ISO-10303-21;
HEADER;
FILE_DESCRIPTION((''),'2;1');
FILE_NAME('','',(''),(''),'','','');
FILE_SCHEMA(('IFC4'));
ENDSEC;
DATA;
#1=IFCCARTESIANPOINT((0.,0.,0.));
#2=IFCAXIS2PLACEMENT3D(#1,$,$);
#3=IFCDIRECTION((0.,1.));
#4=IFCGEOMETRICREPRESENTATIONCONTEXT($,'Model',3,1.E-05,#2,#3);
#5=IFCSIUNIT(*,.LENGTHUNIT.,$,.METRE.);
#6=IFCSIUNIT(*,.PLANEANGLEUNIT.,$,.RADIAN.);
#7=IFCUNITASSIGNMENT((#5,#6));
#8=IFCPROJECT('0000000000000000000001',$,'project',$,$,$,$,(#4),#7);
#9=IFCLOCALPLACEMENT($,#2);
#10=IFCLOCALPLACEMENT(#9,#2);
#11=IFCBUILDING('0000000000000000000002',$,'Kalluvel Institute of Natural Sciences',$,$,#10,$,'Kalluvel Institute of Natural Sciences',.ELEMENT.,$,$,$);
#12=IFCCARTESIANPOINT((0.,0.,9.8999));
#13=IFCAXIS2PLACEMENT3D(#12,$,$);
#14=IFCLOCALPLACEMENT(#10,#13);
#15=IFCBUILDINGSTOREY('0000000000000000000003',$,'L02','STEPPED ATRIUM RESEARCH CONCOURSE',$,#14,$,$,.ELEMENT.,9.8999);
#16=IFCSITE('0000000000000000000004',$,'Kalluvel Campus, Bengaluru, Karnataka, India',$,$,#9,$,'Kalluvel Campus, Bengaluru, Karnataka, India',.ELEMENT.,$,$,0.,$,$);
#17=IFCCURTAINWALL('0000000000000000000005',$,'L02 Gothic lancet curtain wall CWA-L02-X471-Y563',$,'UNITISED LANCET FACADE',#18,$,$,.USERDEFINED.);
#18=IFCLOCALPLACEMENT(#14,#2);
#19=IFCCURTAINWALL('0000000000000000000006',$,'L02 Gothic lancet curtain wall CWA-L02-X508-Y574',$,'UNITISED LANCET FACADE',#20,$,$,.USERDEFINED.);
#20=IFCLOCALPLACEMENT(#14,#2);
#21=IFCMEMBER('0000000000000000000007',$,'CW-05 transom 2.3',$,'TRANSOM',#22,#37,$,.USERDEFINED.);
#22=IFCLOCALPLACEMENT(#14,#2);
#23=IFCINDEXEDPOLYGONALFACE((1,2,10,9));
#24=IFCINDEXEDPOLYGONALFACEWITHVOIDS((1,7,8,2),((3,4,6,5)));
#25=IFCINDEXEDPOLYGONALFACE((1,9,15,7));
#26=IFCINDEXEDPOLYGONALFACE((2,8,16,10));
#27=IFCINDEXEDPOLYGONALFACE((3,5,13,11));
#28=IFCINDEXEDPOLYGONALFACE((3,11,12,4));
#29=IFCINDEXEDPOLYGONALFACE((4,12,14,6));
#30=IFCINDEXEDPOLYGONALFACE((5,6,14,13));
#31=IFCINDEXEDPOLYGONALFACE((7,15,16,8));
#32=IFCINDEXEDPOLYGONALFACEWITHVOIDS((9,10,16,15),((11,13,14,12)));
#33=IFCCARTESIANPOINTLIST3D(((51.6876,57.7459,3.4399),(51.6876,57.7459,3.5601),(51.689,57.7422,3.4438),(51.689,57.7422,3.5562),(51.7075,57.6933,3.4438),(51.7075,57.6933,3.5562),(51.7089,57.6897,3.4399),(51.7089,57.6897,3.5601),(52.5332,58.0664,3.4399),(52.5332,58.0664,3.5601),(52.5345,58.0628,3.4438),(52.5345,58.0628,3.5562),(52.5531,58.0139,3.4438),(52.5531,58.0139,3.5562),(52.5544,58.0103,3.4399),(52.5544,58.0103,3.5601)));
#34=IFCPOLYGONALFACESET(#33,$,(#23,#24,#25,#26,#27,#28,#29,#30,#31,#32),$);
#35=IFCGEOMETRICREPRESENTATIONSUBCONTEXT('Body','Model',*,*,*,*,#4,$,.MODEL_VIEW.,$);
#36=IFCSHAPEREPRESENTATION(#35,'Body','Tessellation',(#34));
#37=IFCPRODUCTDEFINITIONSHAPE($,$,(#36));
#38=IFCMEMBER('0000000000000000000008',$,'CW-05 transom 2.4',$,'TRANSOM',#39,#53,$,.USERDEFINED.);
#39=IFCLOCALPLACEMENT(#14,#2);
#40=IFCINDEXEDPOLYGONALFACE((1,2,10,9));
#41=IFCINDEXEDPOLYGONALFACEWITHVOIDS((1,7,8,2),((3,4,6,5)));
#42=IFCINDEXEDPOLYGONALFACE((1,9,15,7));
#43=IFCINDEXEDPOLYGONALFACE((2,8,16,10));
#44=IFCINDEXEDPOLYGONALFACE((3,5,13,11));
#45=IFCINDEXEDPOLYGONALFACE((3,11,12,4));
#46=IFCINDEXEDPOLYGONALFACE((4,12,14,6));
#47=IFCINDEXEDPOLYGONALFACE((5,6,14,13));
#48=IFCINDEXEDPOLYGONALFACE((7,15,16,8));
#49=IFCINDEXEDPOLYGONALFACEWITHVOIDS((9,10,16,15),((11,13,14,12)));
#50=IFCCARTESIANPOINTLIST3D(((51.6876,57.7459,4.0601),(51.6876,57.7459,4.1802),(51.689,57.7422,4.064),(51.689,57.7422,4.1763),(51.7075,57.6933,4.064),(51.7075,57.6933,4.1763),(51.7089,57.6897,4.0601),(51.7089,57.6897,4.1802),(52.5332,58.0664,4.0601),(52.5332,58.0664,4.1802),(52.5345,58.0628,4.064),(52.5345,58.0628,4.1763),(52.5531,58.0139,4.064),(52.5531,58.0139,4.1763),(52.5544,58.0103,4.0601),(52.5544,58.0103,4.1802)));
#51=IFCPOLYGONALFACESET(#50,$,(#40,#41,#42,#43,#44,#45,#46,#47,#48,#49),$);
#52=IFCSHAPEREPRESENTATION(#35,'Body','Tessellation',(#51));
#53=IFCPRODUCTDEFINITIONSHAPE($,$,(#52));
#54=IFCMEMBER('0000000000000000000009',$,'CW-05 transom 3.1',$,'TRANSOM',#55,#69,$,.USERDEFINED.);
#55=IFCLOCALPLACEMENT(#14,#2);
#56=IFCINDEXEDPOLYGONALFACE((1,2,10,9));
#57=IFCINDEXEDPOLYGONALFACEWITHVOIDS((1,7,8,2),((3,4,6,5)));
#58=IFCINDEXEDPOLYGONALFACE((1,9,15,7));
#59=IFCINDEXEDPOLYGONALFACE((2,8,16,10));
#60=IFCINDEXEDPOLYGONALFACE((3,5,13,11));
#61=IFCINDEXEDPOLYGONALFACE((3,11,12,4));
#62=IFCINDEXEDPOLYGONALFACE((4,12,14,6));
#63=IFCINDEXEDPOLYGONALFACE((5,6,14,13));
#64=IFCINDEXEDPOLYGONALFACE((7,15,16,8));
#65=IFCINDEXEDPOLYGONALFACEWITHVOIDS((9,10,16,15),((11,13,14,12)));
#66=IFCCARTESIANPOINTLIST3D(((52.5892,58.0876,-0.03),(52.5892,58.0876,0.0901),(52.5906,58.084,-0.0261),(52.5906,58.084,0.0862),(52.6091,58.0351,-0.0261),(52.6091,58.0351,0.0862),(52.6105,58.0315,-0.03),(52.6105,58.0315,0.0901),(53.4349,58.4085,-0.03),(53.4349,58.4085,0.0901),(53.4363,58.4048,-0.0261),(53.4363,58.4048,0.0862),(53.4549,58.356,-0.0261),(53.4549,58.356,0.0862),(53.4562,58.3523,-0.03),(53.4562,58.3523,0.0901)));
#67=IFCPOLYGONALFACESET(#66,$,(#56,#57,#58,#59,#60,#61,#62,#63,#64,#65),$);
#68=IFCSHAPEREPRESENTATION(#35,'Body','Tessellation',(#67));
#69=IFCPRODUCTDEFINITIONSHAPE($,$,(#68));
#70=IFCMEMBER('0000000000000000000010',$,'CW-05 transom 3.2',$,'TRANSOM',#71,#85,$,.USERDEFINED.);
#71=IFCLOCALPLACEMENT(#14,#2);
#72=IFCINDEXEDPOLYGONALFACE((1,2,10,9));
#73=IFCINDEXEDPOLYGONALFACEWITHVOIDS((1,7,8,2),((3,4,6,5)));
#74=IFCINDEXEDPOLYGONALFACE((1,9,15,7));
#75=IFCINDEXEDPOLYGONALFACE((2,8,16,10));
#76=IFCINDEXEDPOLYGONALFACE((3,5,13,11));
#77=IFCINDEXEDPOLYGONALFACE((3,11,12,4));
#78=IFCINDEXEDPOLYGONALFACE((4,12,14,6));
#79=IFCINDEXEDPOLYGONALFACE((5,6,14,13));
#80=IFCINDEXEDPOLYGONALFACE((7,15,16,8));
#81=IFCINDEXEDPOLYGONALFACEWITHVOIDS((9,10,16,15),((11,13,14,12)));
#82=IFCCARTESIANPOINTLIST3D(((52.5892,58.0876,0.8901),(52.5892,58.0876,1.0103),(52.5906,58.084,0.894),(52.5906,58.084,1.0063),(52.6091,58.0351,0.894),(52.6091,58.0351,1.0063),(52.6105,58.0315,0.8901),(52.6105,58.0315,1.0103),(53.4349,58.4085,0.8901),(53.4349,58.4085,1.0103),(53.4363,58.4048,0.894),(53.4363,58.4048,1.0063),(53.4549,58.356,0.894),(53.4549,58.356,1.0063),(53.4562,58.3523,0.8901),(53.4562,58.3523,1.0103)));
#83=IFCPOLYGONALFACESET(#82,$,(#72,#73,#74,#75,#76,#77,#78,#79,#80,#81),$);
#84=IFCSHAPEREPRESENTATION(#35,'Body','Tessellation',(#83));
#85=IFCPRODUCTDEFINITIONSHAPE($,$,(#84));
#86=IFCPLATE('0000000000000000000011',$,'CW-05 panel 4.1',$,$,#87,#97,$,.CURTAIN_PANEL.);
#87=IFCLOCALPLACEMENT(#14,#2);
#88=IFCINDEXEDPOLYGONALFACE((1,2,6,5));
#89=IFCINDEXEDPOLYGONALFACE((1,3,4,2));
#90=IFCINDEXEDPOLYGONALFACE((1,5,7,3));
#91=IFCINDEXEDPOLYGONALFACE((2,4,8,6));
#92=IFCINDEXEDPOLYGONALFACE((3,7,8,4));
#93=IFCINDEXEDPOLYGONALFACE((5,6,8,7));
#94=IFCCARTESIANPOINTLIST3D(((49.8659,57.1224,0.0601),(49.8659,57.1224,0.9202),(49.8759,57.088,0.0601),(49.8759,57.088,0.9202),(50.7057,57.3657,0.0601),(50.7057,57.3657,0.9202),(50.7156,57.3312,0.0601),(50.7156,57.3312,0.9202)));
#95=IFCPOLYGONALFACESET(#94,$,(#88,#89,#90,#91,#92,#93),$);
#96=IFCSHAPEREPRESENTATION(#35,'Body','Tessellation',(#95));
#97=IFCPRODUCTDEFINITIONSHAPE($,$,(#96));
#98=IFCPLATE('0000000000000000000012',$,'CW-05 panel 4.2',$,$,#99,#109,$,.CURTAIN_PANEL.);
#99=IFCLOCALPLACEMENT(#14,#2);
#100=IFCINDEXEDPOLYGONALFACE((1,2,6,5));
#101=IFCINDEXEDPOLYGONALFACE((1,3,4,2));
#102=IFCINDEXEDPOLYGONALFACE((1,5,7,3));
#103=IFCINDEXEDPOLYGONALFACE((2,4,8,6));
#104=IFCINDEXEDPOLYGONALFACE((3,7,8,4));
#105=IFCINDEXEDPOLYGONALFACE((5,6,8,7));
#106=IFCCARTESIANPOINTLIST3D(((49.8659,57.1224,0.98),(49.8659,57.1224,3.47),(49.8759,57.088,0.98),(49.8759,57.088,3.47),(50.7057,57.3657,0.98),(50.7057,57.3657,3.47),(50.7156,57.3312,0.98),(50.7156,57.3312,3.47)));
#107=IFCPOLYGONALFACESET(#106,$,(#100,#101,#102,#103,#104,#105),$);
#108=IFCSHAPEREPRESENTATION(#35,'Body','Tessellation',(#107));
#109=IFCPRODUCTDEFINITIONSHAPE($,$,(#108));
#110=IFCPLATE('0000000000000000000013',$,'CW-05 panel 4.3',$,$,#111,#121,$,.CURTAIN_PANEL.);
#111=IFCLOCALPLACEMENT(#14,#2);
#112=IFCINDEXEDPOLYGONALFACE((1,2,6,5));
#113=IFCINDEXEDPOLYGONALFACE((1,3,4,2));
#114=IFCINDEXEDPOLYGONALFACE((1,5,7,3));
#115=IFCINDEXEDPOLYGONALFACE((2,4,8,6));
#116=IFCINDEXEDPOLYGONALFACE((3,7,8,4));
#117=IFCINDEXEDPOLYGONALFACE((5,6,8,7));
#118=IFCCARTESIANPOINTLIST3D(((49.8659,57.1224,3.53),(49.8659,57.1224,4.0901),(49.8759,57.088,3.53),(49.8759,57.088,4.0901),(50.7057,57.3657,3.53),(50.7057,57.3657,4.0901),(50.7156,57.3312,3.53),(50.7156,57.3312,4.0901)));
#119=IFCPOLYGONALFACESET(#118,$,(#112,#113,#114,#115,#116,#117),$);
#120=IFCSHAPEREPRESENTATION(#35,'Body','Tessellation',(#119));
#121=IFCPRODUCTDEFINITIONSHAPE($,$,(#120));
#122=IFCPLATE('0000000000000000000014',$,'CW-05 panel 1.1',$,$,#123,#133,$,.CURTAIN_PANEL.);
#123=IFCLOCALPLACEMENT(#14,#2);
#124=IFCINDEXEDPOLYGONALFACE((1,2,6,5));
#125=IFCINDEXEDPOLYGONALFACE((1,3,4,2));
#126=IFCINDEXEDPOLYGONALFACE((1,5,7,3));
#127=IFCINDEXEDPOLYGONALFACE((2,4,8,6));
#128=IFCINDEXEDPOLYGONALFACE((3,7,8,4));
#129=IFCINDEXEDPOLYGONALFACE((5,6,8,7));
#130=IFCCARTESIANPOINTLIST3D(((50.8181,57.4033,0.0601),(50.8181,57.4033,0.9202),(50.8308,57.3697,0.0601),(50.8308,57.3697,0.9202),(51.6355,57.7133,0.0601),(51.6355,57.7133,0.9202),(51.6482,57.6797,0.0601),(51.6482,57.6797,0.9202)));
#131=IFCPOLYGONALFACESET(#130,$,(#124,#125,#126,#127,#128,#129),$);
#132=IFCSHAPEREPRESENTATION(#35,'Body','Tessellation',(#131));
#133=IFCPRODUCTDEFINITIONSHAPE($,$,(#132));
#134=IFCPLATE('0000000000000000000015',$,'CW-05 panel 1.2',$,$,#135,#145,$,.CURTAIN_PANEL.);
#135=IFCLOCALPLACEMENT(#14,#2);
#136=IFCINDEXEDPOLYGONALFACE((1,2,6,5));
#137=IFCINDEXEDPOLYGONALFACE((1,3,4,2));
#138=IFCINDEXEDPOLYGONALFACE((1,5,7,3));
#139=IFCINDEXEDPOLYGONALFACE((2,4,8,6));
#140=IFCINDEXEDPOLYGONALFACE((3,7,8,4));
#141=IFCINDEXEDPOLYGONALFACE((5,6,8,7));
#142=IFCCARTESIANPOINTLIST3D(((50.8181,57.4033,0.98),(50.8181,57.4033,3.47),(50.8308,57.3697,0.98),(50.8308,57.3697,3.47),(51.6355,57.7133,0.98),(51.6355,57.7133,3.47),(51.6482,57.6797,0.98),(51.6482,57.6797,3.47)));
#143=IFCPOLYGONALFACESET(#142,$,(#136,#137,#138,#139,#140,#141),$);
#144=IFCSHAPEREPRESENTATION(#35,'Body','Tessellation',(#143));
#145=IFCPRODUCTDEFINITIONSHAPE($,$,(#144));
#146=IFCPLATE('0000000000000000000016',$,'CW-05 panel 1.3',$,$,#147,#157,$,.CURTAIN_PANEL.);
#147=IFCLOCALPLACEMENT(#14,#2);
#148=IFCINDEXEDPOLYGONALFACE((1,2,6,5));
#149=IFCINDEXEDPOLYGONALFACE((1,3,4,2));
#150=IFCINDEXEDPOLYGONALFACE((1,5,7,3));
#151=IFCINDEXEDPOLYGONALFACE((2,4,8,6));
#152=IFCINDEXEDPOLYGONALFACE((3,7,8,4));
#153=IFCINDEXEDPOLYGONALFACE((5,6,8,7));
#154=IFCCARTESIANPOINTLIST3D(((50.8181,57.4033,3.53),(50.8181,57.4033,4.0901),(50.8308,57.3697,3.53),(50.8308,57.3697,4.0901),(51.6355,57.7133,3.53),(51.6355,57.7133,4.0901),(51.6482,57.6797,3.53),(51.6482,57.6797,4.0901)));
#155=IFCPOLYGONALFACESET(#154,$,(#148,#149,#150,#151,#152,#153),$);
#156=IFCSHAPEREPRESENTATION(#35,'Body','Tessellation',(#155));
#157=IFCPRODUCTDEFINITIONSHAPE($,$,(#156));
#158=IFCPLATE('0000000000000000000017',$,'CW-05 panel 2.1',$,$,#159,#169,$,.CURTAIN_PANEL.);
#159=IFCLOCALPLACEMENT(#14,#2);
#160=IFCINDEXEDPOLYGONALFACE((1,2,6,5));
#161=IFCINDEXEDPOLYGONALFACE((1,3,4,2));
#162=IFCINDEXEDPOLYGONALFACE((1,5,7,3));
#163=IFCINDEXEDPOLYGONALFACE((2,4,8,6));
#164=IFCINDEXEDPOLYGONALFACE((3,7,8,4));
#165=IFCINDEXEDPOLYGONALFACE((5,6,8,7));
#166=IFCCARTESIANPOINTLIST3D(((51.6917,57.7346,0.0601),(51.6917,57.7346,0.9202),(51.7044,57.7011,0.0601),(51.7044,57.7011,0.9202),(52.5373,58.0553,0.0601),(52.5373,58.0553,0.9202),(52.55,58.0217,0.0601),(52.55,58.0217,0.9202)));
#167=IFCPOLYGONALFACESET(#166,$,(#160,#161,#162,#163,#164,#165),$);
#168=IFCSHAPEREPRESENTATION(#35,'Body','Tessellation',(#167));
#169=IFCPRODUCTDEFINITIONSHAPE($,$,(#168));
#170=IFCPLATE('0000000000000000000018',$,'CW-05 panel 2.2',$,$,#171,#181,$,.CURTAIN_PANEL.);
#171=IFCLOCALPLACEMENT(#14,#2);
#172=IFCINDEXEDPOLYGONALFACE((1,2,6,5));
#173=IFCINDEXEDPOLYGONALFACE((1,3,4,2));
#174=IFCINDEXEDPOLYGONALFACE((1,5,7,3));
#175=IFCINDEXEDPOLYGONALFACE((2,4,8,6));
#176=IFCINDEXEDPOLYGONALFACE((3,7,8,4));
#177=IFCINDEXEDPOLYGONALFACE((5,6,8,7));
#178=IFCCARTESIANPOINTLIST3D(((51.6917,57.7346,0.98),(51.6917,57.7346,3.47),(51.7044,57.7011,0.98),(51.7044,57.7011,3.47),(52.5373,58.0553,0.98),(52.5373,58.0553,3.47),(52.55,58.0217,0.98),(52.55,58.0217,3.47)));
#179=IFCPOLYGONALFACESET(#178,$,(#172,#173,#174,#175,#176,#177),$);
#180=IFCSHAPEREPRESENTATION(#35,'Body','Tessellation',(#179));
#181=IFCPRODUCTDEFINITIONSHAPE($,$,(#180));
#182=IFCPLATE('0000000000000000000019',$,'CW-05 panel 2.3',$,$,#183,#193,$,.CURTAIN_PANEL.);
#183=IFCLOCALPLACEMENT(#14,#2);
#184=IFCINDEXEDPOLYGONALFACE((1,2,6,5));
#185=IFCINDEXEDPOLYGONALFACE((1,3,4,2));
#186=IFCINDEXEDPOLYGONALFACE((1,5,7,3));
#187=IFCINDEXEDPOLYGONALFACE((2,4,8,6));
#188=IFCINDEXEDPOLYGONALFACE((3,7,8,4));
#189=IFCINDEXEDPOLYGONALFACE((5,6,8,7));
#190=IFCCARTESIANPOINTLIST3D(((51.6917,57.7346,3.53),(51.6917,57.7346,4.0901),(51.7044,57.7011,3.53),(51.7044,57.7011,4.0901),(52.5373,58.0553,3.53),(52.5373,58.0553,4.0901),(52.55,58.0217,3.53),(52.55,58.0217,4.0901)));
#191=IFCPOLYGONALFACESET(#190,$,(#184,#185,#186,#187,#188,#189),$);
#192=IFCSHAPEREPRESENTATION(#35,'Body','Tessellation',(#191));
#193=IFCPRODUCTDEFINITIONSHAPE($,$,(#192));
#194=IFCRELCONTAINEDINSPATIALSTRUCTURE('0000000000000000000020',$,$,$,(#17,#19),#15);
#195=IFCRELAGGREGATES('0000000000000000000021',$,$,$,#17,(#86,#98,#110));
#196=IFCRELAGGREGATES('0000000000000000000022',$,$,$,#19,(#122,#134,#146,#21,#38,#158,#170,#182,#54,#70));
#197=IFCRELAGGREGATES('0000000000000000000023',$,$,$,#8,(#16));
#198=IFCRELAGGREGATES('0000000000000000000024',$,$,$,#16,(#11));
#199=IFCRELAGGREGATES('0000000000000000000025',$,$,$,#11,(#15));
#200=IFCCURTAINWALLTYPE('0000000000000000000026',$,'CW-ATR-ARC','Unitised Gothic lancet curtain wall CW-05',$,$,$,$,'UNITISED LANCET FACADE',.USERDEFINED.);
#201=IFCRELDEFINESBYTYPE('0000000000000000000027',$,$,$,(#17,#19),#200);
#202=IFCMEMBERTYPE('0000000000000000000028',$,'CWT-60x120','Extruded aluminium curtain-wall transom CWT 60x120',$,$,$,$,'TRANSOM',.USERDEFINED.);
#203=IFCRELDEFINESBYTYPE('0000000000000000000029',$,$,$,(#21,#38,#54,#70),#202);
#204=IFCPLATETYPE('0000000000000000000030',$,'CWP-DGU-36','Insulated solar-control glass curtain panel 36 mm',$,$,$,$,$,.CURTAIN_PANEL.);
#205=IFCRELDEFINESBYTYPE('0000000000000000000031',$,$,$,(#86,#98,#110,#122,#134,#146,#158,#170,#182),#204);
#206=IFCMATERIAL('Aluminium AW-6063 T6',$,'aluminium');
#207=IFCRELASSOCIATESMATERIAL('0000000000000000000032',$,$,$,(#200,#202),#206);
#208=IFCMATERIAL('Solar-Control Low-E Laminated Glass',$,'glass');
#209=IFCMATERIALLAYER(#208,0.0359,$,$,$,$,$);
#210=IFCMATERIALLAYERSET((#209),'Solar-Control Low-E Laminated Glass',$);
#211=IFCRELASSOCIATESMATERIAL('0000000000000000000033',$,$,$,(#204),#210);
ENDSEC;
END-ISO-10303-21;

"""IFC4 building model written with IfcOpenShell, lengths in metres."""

from ifc_helpers import new_model, si_unit, direction, frame, origin, origin_2d, place, context, subcontext, project, spatial, rectangle, hollow_rectangle, extrude, material, layer, layer_set, material_profile, profile_set, type_object, element, aggregate, save


model = new_model("IFC4")

# Units and contexts
model_context = context("Model", 3, precision=1e-05, world=origin(), true_north=direction((0.0, 1.0)))
body_context = subcontext(model_context, "Body", "Model", "MODEL_VIEW")
ifc_project = project(units=[si_unit("LENGTHUNIT", "METRE"), si_unit("PLANEANGLEUNIT", "RADIAN")], contexts=[model_context])

# Site, building, storey
site_placement = place(None, origin())
site = spatial("IfcSite", under=ifc_project, at=site_placement, Name="Kalluvel Campus, Bengaluru, Karnataka, India", LongName="Kalluvel Campus, Bengaluru, Karnataka, India", CompositionType="ELEMENT", RefElevation=0.0)
building_placement = place(site_placement, origin())
building = spatial("IfcBuilding", under=site, at=building_placement, Name="Kalluvel Institute of Natural Sciences", LongName="Kalluvel Institute of Natural Sciences", CompositionType="ELEMENT")
storey_placement = place(building_placement, frame((0.0, 0.0, 9.8999)))
storey = spatial("IfcBuildingStorey", under=building, at=storey_placement, Name="L02", Description="STEPPED ATRIUM RESEARCH CONCOURSE", CompositionType="ELEMENT", Elevation=9.8999)

# Curtain wall
ifc_material_1 = material(Name="Aluminium AW-6063 T6", Category="aluminium")
curtain_wall_type = type_object("IfcCurtainWallType", Name="CW-ATR-ARC", Description="Unitised Gothic lancet curtain wall CW-05", ElementType="UNITISED LANCET FACADE", PredefinedType="USERDEFINED", material=ifc_material_1)
curtain_wall_1_placement = place(storey_placement, origin())
curtain_wall_1 = element("IfcCurtainWall", 1, at=curtain_wall_1_placement, inside=storey, type_object=curtain_wall_type, Name="L02 Gothic lancet curtain wall CWA-L02-X471-Y563", ObjectType="UNITISED LANCET FACADE", PredefinedType="USERDEFINED")

# Curtain wall
curtain_wall_2_placement = place(storey_placement, origin())
curtain_wall_2 = element("IfcCurtainWall", 2, at=curtain_wall_2_placement, inside=storey, type_object=curtain_wall_type, Name="L02 Gothic lancet curtain wall CWA-L02-X508-Y574", ObjectType="UNITISED LANCET FACADE", PredefinedType="USERDEFINED")

# Members
ifc_material_profile_1 = material_profile(ifc_material_1, hollow_rectangle(XDim=0.0601, YDim=0.1201, WallThickness=0.0039, at=origin_2d()), Name="CWT 60x120")
ifc_profile_set_1 = profile_set([ifc_material_profile_1], Name="Aluminium AW-6063 T6")
member_type_1 = type_object("IfcMemberType", Name="CWT-60x120", Description="Extruded aluminium curtain-wall transom CWT 60x120", ElementType="TRANSOM", PredefinedType="USERDEFINED", material=ifc_profile_set_1)
member_1_placement = place(storey_placement, frame((51.6982, 57.7178, 3.5), z_axis=(0.935047, 0.354524, 0.0), x_axis=(-0.354524, 0.935047, 0.0)))
member_1 = element("IfcMember", 3, at=member_1_placement, type_object=member_type_1, Name="CW-05 transom 2.3", ObjectType="TRANSOM", PredefinedType="USERDEFINED", context=body_context, shape_type="SweptSolid", body=[
    extrude(hollow_rectangle(XDim=0.0601, YDim=0.1201, WallThickness=0.0039, at=origin_2d()), origin(), (0.0, 0.0, 1.0), 0.9043),
])
member_2_placement = place(storey_placement, frame((51.6982, 57.7178, 4.1201), z_axis=(0.935047, 0.354524, 0.0), x_axis=(-0.354524, 0.935047, 0.0)))
member_2 = element("IfcMember", 4, at=member_2_placement, type_object=member_type_1, Name="CW-05 transom 2.4", ObjectType="TRANSOM", PredefinedType="USERDEFINED", context=body_context, shape_type="SweptSolid", body=[
    extrude(hollow_rectangle(XDim=0.0601, YDim=0.1201, WallThickness=0.0039, at=origin_2d()), origin(), (0.0, 0.0, 1.0), 0.9043),
])
member_3_placement = place(storey_placement, frame((52.5999, 58.0596, 0.03), z_axis=(0.934991, 0.354671, 0.0), x_axis=(-0.354671, 0.934991, 0.0)))
member_3 = element("IfcMember", 5, at=member_3_placement, type_object=member_type_1, Name="CW-05 transom 3.1", ObjectType="TRANSOM", PredefinedType="USERDEFINED", context=body_context, shape_type="SweptSolid", body=[
    extrude(hollow_rectangle(XDim=0.0601, YDim=0.1201, WallThickness=0.0039, at=origin_2d()), origin(), (0.0, 0.0, 1.0), 0.9045),
])
member_4_placement = place(storey_placement, frame((52.5999, 58.0596, 0.9502), z_axis=(0.934991, 0.354671, 0.0), x_axis=(-0.354671, 0.934991, 0.0)))
member_4 = element("IfcMember", 6, at=member_4_placement, type_object=member_type_1, Name="CW-05 transom 3.2", ObjectType="TRANSOM", PredefinedType="USERDEFINED", context=body_context, shape_type="SweptSolid", body=[
    extrude(hollow_rectangle(XDim=0.0601, YDim=0.1201, WallThickness=0.0039, at=origin_2d()), origin(), (0.0, 0.0, 1.0), 0.9045),
])

# Plates
ifc_material_2 = material(Name="Solar-Control Low-E Laminated Glass", Category="glass")
ifc_layer_1 = layer(ifc_material_2, 0.0359)
ifc_layer_set_1 = layer_set([ifc_layer_1], Name="Solar-Control Low-E Laminated Glass")
plate_type = type_object("IfcPlateType", Name="CWP-DGU-36", Description="Insulated solar-control glass curtain panel 36 mm", PredefinedType="CURTAIN_PANEL", material=ifc_layer_set_1)
plate_1_placement = place(storey_placement, frame((50.2908, 57.2268, 0.0601), z_axis=(0.0, 0.0, 1.0), x_axis=(0.96052, 0.278212, 0.0)))
plate_1 = element("IfcPlate", 7, at=plate_1_placement, type_object=plate_type, Name="CW-05 panel 4.1", PredefinedType="CURTAIN_PANEL", context=body_context, shape_type="SweptSolid", body=[
    extrude(rectangle(XDim=0.8743, YDim=0.0359, at=origin_2d()), origin(), (0.0, 0.0, 1.0), 0.8601),
])
plate_2_placement = place(storey_placement, frame((50.2908, 57.2268, 0.98), z_axis=(0.0, 0.0, 1.0), x_axis=(0.96052, 0.278212, 0.0)))
plate_2 = element("IfcPlate", 8, at=plate_2_placement, type_object=plate_type, Name="CW-05 panel 4.2", PredefinedType="CURTAIN_PANEL", context=body_context, shape_type="SweptSolid", body=[
    extrude(rectangle(XDim=0.8743, YDim=0.0359, at=origin_2d()), origin(), (0.0, 0.0, 1.0), 2.49),
])
plate_3_placement = place(storey_placement, frame((50.2908, 57.2268, 3.53), z_axis=(0.0, 0.0, 1.0), x_axis=(0.96052, 0.278212, 0.0)))
plate_3 = element("IfcPlate", 9, at=plate_3_placement, type_object=plate_type, Name="CW-05 panel 4.3", PredefinedType="CURTAIN_PANEL", context=body_context, shape_type="SweptSolid", body=[
    extrude(rectangle(XDim=0.8743, YDim=0.0359, at=origin_2d()), origin(), (0.0, 0.0, 1.0), 0.5601),
])
aggregate(curtain_wall_1, [plate_1, plate_2, plate_3])
plate_4_placement = place(storey_placement, frame((51.2332, 57.5415, 0.0601), z_axis=(0.0, 0.0, 1.0), x_axis=(0.935014, 0.35461, 0.0)))
plate_4 = element("IfcPlate", 10, at=plate_4_placement, type_object=plate_type, Name="CW-05 panel 1.1", PredefinedType="CURTAIN_PANEL", context=body_context, shape_type="SweptSolid", body=[
    extrude(rectangle(XDim=0.8743, YDim=0.0359, at=origin_2d()), origin(), (0.0, 0.0, 1.0), 0.8601),
])
plate_5_placement = place(storey_placement, frame((51.2332, 57.5415, 0.98), z_axis=(0.0, 0.0, 1.0), x_axis=(0.935014, 0.35461, 0.0)))
plate_5 = element("IfcPlate", 11, at=plate_5_placement, type_object=plate_type, Name="CW-05 panel 1.2", PredefinedType="CURTAIN_PANEL", context=body_context, shape_type="SweptSolid", body=[
    extrude(rectangle(XDim=0.8743, YDim=0.0359, at=origin_2d()), origin(), (0.0, 0.0, 1.0), 2.49),
])
plate_6_placement = place(storey_placement, frame((51.2332, 57.5415, 3.53), z_axis=(0.0, 0.0, 1.0), x_axis=(0.935014, 0.35461, 0.0)))
plate_6 = element("IfcPlate", 12, at=plate_6_placement, type_object=plate_type, Name="CW-05 panel 1.3", PredefinedType="CURTAIN_PANEL", context=body_context, shape_type="SweptSolid", body=[
    extrude(rectangle(XDim=0.8743, YDim=0.0359, at=origin_2d()), origin(), (0.0, 0.0, 1.0), 0.5601),
])
plate_7_placement = place(storey_placement, frame((52.1208, 57.8782, 0.0601), z_axis=(0.0, 0.0, 1.0), x_axis=(0.935014, 0.35461, 0.0)))
plate_7 = element("IfcPlate", 13, at=plate_7_placement, type_object=plate_type, Name="CW-05 panel 2.1", PredefinedType="CURTAIN_PANEL", context=body_context, shape_type="SweptSolid", body=[
    extrude(rectangle(XDim=0.9043, YDim=0.0359, at=origin_2d()), origin(), (0.0, 0.0, 1.0), 0.8601),
])
plate_8_placement = place(storey_placement, frame((52.1208, 57.8782, 0.98), z_axis=(0.0, 0.0, 1.0), x_axis=(0.935014, 0.35461, 0.0)))
plate_8 = element("IfcPlate", 14, at=plate_8_placement, type_object=plate_type, Name="CW-05 panel 2.2", PredefinedType="CURTAIN_PANEL", context=body_context, shape_type="SweptSolid", body=[
    extrude(rectangle(XDim=0.9043, YDim=0.0359, at=origin_2d()), origin(), (0.0, 0.0, 1.0), 2.49),
])
plate_9_placement = place(storey_placement, frame((52.1208, 57.8782, 3.53), z_axis=(0.0, 0.0, 1.0), x_axis=(0.935014, 0.35461, 0.0)))
plate_9 = element("IfcPlate", 15, at=plate_9_placement, type_object=plate_type, Name="CW-05 panel 2.3", PredefinedType="CURTAIN_PANEL", context=body_context, shape_type="SweptSolid", body=[
    extrude(rectangle(XDim=0.9043, YDim=0.0359, at=origin_2d()), origin(), (0.0, 0.0, 1.0), 0.5601),
])
aggregate(curtain_wall_2, [plate_4, plate_5, plate_6, member_1, member_2, plate_7, plate_8, plate_9, member_3, member_4])

save(model, "model.ifc")
